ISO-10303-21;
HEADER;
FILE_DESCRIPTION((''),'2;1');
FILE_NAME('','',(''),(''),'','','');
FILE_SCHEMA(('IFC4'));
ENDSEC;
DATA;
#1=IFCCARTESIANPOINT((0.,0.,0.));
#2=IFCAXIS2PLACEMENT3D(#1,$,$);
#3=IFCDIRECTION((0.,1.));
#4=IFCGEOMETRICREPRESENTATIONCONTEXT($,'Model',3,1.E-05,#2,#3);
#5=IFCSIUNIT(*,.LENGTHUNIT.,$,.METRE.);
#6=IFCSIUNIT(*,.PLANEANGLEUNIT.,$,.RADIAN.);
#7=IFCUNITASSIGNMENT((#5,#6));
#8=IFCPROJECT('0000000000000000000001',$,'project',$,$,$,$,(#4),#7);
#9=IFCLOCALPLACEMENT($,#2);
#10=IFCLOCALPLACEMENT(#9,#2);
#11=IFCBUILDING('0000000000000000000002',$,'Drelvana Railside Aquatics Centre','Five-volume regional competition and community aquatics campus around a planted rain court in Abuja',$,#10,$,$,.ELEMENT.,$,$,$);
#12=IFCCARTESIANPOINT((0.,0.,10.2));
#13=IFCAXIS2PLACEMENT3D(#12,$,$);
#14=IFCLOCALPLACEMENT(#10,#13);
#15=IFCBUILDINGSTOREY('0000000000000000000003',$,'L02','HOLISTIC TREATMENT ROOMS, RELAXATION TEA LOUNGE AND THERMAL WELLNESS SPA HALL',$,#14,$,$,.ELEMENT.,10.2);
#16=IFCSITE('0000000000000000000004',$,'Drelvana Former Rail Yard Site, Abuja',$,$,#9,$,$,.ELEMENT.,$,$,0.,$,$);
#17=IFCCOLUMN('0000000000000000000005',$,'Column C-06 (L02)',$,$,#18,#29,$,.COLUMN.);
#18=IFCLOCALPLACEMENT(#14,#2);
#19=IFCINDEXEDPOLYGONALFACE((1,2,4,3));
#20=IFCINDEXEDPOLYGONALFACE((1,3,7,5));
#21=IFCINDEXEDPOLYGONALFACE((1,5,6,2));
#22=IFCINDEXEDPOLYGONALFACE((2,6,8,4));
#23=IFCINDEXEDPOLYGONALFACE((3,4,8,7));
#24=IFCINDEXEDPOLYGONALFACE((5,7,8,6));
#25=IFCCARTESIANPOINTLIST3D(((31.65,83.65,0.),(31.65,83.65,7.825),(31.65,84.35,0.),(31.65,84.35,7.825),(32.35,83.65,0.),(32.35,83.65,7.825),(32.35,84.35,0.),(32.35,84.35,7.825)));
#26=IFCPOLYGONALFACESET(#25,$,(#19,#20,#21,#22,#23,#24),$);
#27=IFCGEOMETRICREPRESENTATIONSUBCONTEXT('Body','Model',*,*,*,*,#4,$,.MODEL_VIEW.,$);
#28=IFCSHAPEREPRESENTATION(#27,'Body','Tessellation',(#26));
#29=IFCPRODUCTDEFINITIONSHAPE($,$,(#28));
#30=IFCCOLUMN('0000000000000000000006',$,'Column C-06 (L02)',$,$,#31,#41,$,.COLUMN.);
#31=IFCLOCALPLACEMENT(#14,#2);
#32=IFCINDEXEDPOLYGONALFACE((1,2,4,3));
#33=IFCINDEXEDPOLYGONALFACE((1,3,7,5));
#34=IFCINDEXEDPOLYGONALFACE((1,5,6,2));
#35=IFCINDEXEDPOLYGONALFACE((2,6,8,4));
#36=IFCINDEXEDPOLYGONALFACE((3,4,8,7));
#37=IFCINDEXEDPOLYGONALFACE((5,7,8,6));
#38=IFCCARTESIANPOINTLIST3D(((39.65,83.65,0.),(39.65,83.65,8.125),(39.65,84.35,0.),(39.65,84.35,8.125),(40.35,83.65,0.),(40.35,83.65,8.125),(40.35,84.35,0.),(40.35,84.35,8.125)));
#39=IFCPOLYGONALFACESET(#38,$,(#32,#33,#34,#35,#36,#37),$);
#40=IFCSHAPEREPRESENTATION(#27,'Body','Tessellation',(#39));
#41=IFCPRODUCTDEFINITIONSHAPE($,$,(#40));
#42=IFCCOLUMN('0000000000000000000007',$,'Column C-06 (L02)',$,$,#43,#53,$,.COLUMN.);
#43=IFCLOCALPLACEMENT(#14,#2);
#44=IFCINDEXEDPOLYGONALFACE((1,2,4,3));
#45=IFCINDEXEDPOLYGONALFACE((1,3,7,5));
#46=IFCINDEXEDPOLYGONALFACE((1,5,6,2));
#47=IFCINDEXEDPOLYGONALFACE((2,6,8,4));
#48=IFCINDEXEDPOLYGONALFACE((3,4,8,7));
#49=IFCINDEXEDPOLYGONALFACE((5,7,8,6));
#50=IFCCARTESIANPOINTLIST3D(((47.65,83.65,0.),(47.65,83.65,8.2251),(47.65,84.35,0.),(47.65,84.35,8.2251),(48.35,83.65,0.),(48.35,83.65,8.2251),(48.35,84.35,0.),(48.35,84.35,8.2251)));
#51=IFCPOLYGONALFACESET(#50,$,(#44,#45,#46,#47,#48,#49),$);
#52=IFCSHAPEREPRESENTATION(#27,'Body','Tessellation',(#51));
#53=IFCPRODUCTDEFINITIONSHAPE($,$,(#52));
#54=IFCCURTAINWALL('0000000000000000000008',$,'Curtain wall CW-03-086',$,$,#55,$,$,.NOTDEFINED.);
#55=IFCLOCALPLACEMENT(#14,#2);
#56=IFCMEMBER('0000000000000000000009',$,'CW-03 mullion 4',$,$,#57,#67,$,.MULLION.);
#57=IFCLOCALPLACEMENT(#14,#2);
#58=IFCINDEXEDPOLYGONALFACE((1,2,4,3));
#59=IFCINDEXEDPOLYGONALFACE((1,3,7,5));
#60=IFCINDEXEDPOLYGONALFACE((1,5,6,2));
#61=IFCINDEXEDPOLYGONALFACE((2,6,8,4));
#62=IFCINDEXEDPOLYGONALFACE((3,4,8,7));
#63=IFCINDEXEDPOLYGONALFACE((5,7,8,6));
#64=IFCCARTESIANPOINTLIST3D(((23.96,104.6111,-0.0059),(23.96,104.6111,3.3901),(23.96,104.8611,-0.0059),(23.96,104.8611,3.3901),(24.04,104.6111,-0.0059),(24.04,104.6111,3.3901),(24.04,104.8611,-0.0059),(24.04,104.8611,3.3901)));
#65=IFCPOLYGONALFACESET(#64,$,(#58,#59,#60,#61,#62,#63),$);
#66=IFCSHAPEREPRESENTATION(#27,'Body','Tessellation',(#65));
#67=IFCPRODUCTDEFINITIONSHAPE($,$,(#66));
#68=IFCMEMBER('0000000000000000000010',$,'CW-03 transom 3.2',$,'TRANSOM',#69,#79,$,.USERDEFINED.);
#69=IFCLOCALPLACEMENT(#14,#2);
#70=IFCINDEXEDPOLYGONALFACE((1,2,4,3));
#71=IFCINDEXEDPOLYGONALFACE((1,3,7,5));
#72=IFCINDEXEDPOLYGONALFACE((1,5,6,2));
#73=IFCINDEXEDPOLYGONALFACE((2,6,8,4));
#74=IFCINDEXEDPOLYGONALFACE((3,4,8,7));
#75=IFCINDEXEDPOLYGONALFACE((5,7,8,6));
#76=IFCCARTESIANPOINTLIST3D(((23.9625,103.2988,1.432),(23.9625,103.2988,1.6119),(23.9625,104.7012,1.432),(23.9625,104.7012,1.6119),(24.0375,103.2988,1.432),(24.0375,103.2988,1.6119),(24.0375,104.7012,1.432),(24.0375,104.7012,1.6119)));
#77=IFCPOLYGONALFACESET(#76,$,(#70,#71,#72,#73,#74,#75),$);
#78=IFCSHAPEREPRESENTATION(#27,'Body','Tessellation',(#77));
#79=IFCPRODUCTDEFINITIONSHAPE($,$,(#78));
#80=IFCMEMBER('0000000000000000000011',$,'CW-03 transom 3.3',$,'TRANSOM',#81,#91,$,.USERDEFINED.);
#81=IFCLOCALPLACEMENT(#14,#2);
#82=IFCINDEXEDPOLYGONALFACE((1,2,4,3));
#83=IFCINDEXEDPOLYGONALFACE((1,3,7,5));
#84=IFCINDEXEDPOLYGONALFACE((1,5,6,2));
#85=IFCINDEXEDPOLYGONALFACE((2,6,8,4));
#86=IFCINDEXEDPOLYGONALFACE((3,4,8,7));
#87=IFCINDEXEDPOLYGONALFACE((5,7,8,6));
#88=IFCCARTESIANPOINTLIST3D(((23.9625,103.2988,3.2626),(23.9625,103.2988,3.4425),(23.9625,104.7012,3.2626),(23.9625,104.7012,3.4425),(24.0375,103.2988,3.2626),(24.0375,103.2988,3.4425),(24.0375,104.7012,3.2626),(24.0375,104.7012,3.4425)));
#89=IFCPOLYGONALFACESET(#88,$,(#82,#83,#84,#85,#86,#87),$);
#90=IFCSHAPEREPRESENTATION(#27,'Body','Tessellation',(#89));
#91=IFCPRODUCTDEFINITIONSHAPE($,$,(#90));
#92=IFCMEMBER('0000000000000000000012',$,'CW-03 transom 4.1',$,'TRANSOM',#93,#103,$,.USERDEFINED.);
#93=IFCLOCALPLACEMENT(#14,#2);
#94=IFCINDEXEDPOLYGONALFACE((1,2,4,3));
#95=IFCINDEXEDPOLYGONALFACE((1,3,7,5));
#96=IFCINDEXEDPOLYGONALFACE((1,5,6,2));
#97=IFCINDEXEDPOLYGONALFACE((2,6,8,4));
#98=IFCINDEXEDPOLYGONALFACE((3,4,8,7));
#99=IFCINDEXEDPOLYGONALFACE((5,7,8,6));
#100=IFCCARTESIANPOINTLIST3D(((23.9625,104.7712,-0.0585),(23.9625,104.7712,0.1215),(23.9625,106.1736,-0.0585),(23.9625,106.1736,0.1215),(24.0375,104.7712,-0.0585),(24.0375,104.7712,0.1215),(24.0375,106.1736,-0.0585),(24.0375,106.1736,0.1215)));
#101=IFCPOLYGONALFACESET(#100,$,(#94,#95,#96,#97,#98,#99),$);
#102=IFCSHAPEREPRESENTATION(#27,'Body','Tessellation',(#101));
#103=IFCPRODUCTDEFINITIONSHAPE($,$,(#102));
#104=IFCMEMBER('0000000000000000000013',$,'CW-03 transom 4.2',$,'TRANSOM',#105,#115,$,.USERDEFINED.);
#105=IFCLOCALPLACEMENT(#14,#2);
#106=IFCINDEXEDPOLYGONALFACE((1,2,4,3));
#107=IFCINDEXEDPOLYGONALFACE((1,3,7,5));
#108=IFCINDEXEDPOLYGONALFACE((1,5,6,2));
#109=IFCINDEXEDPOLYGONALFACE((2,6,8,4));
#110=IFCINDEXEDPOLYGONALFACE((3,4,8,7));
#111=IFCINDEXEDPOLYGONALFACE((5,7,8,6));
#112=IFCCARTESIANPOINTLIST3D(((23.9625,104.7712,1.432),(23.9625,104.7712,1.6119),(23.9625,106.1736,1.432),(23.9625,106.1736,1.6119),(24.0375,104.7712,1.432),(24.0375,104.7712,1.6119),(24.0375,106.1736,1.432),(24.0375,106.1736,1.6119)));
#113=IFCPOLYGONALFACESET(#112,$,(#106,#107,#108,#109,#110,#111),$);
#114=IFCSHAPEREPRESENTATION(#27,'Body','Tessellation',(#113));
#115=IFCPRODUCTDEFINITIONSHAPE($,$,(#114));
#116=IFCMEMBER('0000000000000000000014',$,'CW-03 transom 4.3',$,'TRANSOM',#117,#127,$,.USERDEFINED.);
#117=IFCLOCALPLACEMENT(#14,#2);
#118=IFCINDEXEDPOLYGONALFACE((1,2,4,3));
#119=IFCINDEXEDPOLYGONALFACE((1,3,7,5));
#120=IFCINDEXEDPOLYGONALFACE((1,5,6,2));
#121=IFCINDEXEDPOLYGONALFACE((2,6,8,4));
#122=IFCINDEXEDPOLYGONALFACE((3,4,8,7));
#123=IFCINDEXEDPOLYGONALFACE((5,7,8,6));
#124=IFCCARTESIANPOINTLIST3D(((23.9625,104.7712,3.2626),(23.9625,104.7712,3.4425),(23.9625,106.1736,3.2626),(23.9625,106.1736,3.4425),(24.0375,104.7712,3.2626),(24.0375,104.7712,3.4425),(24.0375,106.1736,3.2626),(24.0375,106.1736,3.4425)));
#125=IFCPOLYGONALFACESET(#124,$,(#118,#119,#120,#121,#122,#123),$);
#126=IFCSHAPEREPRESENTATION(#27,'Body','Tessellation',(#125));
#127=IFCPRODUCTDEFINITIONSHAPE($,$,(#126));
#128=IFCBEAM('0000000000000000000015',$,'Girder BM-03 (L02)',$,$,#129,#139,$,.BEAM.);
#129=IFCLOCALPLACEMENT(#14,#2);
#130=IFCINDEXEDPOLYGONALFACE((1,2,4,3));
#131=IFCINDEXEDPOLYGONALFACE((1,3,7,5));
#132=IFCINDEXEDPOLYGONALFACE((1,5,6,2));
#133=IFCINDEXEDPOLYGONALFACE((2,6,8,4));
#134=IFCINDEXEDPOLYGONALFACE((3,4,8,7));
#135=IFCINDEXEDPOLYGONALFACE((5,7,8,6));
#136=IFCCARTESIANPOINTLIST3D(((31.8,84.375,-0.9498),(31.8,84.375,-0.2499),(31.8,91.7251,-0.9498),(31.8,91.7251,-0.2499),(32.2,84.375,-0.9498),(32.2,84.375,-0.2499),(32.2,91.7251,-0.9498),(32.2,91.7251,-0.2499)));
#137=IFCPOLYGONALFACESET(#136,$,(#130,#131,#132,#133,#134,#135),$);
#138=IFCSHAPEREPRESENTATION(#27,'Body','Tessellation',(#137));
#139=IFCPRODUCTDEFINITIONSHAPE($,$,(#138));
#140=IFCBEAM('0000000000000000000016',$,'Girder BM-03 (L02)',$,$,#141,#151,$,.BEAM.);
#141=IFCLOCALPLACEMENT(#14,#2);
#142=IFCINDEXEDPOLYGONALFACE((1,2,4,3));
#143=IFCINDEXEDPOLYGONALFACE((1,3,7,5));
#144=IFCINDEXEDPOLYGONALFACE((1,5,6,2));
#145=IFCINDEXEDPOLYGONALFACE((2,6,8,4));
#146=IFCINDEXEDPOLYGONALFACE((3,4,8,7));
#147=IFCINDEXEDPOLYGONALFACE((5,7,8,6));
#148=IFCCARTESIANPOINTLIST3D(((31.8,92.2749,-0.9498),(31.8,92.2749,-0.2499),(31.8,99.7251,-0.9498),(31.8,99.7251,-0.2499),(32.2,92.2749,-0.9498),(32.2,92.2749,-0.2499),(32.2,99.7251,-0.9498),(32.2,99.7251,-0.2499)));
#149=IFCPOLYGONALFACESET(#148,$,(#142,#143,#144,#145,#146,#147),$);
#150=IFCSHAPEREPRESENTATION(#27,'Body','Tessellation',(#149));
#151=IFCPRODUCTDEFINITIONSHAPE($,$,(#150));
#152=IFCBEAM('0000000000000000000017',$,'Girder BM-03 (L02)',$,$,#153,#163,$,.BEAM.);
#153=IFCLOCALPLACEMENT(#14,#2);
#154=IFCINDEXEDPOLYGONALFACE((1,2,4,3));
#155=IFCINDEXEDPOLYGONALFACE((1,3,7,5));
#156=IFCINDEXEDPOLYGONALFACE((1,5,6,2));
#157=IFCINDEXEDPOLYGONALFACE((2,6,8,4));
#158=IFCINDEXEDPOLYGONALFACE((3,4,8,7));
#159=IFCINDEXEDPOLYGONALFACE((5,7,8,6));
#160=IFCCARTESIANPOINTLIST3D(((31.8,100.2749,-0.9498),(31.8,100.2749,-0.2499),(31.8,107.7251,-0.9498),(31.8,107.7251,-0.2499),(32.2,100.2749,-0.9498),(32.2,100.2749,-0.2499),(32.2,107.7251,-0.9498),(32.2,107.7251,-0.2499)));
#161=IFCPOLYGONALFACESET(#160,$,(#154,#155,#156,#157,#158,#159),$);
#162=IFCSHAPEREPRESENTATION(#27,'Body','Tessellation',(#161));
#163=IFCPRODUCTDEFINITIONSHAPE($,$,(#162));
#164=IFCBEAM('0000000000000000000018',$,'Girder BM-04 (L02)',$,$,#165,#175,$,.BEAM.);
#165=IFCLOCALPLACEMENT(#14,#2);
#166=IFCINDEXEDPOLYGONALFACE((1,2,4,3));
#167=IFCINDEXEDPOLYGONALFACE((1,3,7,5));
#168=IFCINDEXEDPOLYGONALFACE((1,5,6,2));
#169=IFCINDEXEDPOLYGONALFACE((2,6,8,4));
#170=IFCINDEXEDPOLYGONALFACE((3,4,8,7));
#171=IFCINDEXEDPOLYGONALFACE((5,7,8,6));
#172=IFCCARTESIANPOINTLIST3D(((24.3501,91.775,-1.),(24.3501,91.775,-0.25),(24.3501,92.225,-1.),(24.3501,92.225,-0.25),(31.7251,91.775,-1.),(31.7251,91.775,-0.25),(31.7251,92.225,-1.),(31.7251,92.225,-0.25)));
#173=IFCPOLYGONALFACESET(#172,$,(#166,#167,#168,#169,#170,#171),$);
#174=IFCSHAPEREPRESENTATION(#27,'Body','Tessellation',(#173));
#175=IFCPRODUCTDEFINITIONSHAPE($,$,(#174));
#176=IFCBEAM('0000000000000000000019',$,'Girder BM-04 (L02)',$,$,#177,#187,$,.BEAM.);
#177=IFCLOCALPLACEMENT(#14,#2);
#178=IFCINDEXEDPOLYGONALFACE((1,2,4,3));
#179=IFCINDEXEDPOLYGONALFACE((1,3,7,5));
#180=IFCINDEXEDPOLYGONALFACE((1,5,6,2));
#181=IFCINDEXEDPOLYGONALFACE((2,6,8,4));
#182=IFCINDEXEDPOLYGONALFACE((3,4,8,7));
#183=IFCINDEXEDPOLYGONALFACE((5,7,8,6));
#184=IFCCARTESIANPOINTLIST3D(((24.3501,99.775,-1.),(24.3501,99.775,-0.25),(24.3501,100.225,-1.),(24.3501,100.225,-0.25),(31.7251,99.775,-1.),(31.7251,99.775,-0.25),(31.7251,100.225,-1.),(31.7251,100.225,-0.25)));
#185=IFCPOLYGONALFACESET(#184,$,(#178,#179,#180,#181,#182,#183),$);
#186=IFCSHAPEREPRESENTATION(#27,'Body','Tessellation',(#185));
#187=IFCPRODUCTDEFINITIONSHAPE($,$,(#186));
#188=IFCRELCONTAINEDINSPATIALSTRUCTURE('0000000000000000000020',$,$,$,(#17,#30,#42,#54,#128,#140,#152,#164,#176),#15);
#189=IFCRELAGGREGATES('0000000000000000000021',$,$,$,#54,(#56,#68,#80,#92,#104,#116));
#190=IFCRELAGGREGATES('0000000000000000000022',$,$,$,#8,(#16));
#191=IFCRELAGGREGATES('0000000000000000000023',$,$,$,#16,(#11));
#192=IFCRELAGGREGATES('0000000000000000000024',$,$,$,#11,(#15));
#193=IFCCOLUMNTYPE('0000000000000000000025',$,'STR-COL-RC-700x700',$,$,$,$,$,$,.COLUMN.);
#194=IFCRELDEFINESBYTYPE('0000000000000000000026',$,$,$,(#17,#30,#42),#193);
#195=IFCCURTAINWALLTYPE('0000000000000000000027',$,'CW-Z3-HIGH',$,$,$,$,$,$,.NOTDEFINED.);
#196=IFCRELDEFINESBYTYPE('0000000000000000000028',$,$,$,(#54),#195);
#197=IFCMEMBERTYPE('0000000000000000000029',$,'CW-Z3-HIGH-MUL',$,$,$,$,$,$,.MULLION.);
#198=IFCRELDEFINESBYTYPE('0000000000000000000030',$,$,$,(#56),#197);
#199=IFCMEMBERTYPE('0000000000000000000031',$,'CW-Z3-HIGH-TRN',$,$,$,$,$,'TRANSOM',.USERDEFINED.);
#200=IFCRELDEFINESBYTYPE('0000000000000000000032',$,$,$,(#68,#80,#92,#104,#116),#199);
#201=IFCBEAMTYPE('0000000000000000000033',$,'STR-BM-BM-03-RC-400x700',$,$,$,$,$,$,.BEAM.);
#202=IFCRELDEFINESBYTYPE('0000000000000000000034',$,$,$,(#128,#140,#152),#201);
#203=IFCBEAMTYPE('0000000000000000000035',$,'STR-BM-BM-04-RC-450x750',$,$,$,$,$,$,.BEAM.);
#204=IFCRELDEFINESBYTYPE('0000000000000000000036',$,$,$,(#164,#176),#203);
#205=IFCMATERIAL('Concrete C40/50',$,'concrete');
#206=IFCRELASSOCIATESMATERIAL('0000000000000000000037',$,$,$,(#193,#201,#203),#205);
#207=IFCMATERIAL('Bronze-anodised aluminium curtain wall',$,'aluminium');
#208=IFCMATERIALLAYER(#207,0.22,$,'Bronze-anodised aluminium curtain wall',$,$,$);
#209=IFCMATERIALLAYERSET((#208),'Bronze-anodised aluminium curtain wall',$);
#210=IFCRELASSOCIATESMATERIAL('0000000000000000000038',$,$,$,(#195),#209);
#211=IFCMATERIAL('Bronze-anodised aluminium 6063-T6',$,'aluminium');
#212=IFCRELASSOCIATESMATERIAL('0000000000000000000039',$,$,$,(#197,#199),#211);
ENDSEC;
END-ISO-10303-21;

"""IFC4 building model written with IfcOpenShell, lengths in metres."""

from ifc_helpers import new_model, si_unit, direction, frame, origin, origin_2d, place, context, subcontext, project, spatial, rectangle, extrude, material, layer, layer_set, material_profile, profile_set, type_object, element, aggregate, save


model = new_model("IFC4")

# Units and contexts
model_context = context("Model", 3, precision=1e-05, world=origin(), true_north=direction((0.0, 1.0)))
body_context = subcontext(model_context, "Body", "Model", "MODEL_VIEW")
ifc_project = project(units=[si_unit("LENGTHUNIT", "METRE"), si_unit("PLANEANGLEUNIT", "RADIAN")], contexts=[model_context])

# Site, building, storey
site_placement = place(None, origin())
site = spatial("IfcSite", under=ifc_project, at=site_placement, Name="Drelvana Former Rail Yard Site, Abuja", CompositionType="ELEMENT", RefElevation=0.0)
building_placement = place(site_placement, origin())
building = spatial("IfcBuilding", under=site, at=building_placement, Name="Drelvana Railside Aquatics Centre", Description="Five-volume regional competition and community aquatics campus around a planted rain court in Abuja", CompositionType="ELEMENT")
storey_placement = place(building_placement, frame((0.0, 0.0, 10.2)))
storey = spatial("IfcBuildingStorey", under=building, at=storey_placement, Name="L02", Description="HOLISTIC TREATMENT ROOMS, RELAXATION TEA LOUNGE AND THERMAL WELLNESS SPA HALL", CompositionType="ELEMENT", Elevation=10.2)

# Columns
ifc_material_1 = material(Name="Concrete C40/50", Category="concrete")
ifc_material_profile_1 = material_profile(ifc_material_1, rectangle(XDim=0.7, YDim=0.7, at=origin_2d()), Name="RC 700x700")
ifc_profile_set_1 = profile_set([ifc_material_profile_1], Name="Concrete C40/50")
column_type = type_object("IfcColumnType", Name="STR-COL-RC-700x700", PredefinedType="COLUMN", material=ifc_profile_set_1)
column_1_placement = place(storey_placement, frame((32.0, 84.0, 0.0), z_axis=(0.0, 0.0, 1.0), x_axis=(1.0, 0.0, 0.0)))
element("IfcColumn", 1, at=column_1_placement, inside=storey, type_object=column_type, Name="Column C-06 (L02)", PredefinedType="COLUMN", context=body_context, shape_type="SweptSolid", body=[
    extrude(rectangle(XDim=0.7, YDim=0.7, at=origin_2d()), origin(), (0.0, 0.0, 1.0), 7.825),
])
column_2_placement = place(storey_placement, frame((40.0, 84.0, 0.0), z_axis=(0.0, 0.0, 1.0), x_axis=(1.0, 0.0, 0.0)))
element("IfcColumn", 2, at=column_2_placement, inside=storey, type_object=column_type, Name="Column C-06 (L02)", PredefinedType="COLUMN", context=body_context, shape_type="SweptSolid", body=[
    extrude(rectangle(XDim=0.7, YDim=0.7, at=origin_2d()), origin(), (0.0, 0.0, 1.0), 8.125),
])
column_3_placement = place(storey_placement, frame((48.0, 84.0, 0.0), z_axis=(0.0, 0.0, 1.0), x_axis=(1.0, 0.0, 0.0)))
element("IfcColumn", 3, at=column_3_placement, inside=storey, type_object=column_type, Name="Column C-06 (L02)", PredefinedType="COLUMN", context=body_context, shape_type="SweptSolid", body=[
    extrude(rectangle(XDim=0.7, YDim=0.7, at=origin_2d()), origin(), (0.0, 0.0, 1.0), 8.2251),
])

# Curtain wall, members
ifc_material_2 = material(Name="Bronze-anodised aluminium curtain wall", Category="aluminium")
ifc_layer_1 = layer(ifc_material_2, 0.22, Name="Bronze-anodised aluminium curtain wall")
ifc_layer_set_1 = layer_set([ifc_layer_1], Name="Bronze-anodised aluminium curtain wall")
curtain_wall_type = type_object("IfcCurtainWallType", Name="CW-Z3-HIGH", PredefinedType="NOTDEFINED", material=ifc_layer_set_1)
curtain_wall_placement = place(storey_placement, origin())
curtain_wall = element("IfcCurtainWall", 4, at=curtain_wall_placement, inside=storey, type_object=curtain_wall_type, Name="Curtain wall CW-03-086", PredefinedType="NOTDEFINED")
ifc_material_3 = material(Name="Bronze-anodised aluminium 6063-T6", Category="aluminium")
ifc_material_profile_2 = material_profile(ifc_material_3, rectangle(XDim=0.0801, YDim=0.25, at=origin_2d()), Name="ALU-M 80x250")
ifc_profile_set_2 = profile_set([ifc_material_profile_2], Name="Bronze-anodised aluminium 6063-T6")
member_type_1 = type_object("IfcMemberType", Name="CW-Z3-HIGH-MUL", PredefinedType="MULLION", material=ifc_profile_set_2)
member_1_placement = place(storey_placement, frame((24.0, 104.7361, -0.0059), z_axis=(0.0, 0.0, 1.0), x_axis=(-1.0, 0.0, 0.0)))
member_1 = element("IfcMember", 5, at=member_1_placement, type_object=member_type_1, Name="CW-03 mullion 4", PredefinedType="MULLION", context=body_context, shape_type="SweptSolid", body=[
    extrude(rectangle(XDim=0.0801, YDim=0.25, at=origin_2d()), origin(), (0.0, 0.0, 1.0), 3.396),
])
ifc_material_profile_3 = material_profile(ifc_material_3, rectangle(XDim=0.1799, YDim=0.075, at=origin_2d()), Name="ALU-T 75x180")
ifc_profile_set_3 = profile_set([ifc_material_profile_3], Name="Bronze-anodised aluminium 6063-T6")
member_type_2 = type_object("IfcMemberType", Name="CW-Z3-HIGH-TRN", ElementType="TRANSOM", PredefinedType="USERDEFINED", material=ifc_profile_set_3)
member_2_placement = place(storey_placement, frame((24.0, 103.2988, 1.522), z_axis=(0.0, 1.0, 0.0), x_axis=(0.0, 0.0, 1.0)))
member_2 = element("IfcMember", 6, at=member_2_placement, type_object=member_type_2, Name="CW-03 transom 3.2", ObjectType="TRANSOM", PredefinedType="USERDEFINED", context=body_context, shape_type="SweptSolid", body=[
    extrude(rectangle(XDim=0.1799, YDim=0.075, at=origin_2d()), origin(), (0.0, 0.0, 1.0), 1.4023),
])
member_3_placement = place(storey_placement, frame((24.0, 103.2988, 3.3525), z_axis=(0.0, 1.0, 0.0), x_axis=(0.0, 0.0, 1.0)))
member_3 = element("IfcMember", 7, at=member_3_placement, type_object=member_type_2, Name="CW-03 transom 3.3", ObjectType="TRANSOM", PredefinedType="USERDEFINED", context=body_context, shape_type="SweptSolid", body=[
    extrude(rectangle(XDim=0.1799, YDim=0.075, at=origin_2d()), origin(), (0.0, 0.0, 1.0), 1.4023),
])
member_4_placement = place(storey_placement, frame((24.0, 104.7712, 0.0315), z_axis=(0.0, 1.0, 0.0), x_axis=(0.0, 0.0, 1.0)))
member_4 = element("IfcMember", 8, at=member_4_placement, type_object=member_type_2, Name="CW-03 transom 4.1", ObjectType="TRANSOM", PredefinedType="USERDEFINED", context=body_context, shape_type="SweptSolid", body=[
    extrude(rectangle(XDim=0.1799, YDim=0.075, at=origin_2d()), origin(), (0.0, 0.0, 1.0), 1.4023),
])
member_5_placement = place(storey_placement, frame((24.0, 104.7712, 1.522), z_axis=(0.0, 1.0, 0.0), x_axis=(0.0, 0.0, 1.0)))
member_5 = element("IfcMember", 9, at=member_5_placement, type_object=member_type_2, Name="CW-03 transom 4.2", ObjectType="TRANSOM", PredefinedType="USERDEFINED", context=body_context, shape_type="SweptSolid", body=[
    extrude(rectangle(XDim=0.1799, YDim=0.075, at=origin_2d()), origin(), (0.0, 0.0, 1.0), 1.4023),
])
member_6_placement = place(storey_placement, frame((24.0, 104.7712, 3.3525), z_axis=(0.0, 1.0, 0.0), x_axis=(0.0, 0.0, 1.0)))
member_6 = element("IfcMember", 10, at=member_6_placement, type_object=member_type_2, Name="CW-03 transom 4.3", ObjectType="TRANSOM", PredefinedType="USERDEFINED", context=body_context, shape_type="SweptSolid", body=[
    extrude(rectangle(XDim=0.1799, YDim=0.075, at=origin_2d()), origin(), (0.0, 0.0, 1.0), 1.4023),
])

# Beams
ifc_material_profile_4 = material_profile(ifc_material_1, rectangle(XDim=0.3999, YDim=0.7, at=origin_2d()), Name="RC 400x700")
ifc_profile_set_4 = profile_set([ifc_material_profile_4], Name="Concrete C40/50")
beam_type_1 = type_object("IfcBeamType", Name="STR-BM-BM-03-RC-400x700", PredefinedType="BEAM", material=ifc_profile_set_4)
beam_1_placement = place(storey_placement, frame((32.0, 84.375, -0.5999), z_axis=(0.0, 1.0, 0.0), x_axis=(-1.0, 0.0, 0.0)))
element("IfcBeam", 11, at=beam_1_placement, inside=storey, type_object=beam_type_1, Name="Girder BM-03 (L02)", PredefinedType="BEAM", context=body_context, shape_type="SweptSolid", body=[
    extrude(rectangle(XDim=0.3999, YDim=0.7, at=origin_2d()), origin(), (0.0, 0.0, 1.0), 7.3501),
])
for number, where, z_axis, x_axis, name in (
    (12, (32.0, 92.2749, -0.5999), (0.0, 1.0, 0.0), (-1.0, 0.0, 0.0), "Girder BM-03 (L02)"),
    (13, (32.0, 100.2749, -0.5999), (0.0, 1.0, 0.0), (-1.0, 0.0, 0.0), "Girder BM-03 (L02)"),
):
    element("IfcBeam", number, at=place(storey_placement, frame(where, z_axis=z_axis, x_axis=x_axis)), inside=storey, type_object=beam_type_1, Name=name, PredefinedType="BEAM", context=body_context, shape_type="SweptSolid", body=[
        extrude(rectangle(XDim=0.3999, YDim=0.7, at=origin_2d()), origin(), (0.0, 0.0, 1.0), 7.4502),
    ])
ifc_material_profile_5 = material_profile(ifc_material_1, rectangle(XDim=0.45, YDim=0.75, at=origin_2d()), Name="RC 450x750")
ifc_profile_set_5 = profile_set([ifc_material_profile_5], Name="Concrete C40/50")
beam_type_2 = type_object("IfcBeamType", Name="STR-BM-BM-04-RC-450x750", PredefinedType="BEAM", material=ifc_profile_set_5)
for number, where, z_axis, x_axis, name in (
    (14, (24.3501, 92.0, -0.625), (1.0, 0.0, 0.0), (0.0, 1.0, 0.0), "Girder BM-04 (L02)"),
    (15, (24.3501, 100.0, -0.625), (1.0, 0.0, 0.0), (0.0, 1.0, 0.0), "Girder BM-04 (L02)"),
):
    element("IfcBeam", number, at=place(storey_placement, frame(where, z_axis=z_axis, x_axis=x_axis)), inside=storey, type_object=beam_type_2, Name=name, PredefinedType="BEAM", context=body_context, shape_type="SweptSolid", body=[
        extrude(rectangle(XDim=0.45, YDim=0.75, at=origin_2d()), origin(), (0.0, 0.0, 1.0), 7.375),
    ])

aggregate(curtain_wall, [member_1, member_2, member_3, member_4, member_5, member_6])

save(model, "model.ifc")
